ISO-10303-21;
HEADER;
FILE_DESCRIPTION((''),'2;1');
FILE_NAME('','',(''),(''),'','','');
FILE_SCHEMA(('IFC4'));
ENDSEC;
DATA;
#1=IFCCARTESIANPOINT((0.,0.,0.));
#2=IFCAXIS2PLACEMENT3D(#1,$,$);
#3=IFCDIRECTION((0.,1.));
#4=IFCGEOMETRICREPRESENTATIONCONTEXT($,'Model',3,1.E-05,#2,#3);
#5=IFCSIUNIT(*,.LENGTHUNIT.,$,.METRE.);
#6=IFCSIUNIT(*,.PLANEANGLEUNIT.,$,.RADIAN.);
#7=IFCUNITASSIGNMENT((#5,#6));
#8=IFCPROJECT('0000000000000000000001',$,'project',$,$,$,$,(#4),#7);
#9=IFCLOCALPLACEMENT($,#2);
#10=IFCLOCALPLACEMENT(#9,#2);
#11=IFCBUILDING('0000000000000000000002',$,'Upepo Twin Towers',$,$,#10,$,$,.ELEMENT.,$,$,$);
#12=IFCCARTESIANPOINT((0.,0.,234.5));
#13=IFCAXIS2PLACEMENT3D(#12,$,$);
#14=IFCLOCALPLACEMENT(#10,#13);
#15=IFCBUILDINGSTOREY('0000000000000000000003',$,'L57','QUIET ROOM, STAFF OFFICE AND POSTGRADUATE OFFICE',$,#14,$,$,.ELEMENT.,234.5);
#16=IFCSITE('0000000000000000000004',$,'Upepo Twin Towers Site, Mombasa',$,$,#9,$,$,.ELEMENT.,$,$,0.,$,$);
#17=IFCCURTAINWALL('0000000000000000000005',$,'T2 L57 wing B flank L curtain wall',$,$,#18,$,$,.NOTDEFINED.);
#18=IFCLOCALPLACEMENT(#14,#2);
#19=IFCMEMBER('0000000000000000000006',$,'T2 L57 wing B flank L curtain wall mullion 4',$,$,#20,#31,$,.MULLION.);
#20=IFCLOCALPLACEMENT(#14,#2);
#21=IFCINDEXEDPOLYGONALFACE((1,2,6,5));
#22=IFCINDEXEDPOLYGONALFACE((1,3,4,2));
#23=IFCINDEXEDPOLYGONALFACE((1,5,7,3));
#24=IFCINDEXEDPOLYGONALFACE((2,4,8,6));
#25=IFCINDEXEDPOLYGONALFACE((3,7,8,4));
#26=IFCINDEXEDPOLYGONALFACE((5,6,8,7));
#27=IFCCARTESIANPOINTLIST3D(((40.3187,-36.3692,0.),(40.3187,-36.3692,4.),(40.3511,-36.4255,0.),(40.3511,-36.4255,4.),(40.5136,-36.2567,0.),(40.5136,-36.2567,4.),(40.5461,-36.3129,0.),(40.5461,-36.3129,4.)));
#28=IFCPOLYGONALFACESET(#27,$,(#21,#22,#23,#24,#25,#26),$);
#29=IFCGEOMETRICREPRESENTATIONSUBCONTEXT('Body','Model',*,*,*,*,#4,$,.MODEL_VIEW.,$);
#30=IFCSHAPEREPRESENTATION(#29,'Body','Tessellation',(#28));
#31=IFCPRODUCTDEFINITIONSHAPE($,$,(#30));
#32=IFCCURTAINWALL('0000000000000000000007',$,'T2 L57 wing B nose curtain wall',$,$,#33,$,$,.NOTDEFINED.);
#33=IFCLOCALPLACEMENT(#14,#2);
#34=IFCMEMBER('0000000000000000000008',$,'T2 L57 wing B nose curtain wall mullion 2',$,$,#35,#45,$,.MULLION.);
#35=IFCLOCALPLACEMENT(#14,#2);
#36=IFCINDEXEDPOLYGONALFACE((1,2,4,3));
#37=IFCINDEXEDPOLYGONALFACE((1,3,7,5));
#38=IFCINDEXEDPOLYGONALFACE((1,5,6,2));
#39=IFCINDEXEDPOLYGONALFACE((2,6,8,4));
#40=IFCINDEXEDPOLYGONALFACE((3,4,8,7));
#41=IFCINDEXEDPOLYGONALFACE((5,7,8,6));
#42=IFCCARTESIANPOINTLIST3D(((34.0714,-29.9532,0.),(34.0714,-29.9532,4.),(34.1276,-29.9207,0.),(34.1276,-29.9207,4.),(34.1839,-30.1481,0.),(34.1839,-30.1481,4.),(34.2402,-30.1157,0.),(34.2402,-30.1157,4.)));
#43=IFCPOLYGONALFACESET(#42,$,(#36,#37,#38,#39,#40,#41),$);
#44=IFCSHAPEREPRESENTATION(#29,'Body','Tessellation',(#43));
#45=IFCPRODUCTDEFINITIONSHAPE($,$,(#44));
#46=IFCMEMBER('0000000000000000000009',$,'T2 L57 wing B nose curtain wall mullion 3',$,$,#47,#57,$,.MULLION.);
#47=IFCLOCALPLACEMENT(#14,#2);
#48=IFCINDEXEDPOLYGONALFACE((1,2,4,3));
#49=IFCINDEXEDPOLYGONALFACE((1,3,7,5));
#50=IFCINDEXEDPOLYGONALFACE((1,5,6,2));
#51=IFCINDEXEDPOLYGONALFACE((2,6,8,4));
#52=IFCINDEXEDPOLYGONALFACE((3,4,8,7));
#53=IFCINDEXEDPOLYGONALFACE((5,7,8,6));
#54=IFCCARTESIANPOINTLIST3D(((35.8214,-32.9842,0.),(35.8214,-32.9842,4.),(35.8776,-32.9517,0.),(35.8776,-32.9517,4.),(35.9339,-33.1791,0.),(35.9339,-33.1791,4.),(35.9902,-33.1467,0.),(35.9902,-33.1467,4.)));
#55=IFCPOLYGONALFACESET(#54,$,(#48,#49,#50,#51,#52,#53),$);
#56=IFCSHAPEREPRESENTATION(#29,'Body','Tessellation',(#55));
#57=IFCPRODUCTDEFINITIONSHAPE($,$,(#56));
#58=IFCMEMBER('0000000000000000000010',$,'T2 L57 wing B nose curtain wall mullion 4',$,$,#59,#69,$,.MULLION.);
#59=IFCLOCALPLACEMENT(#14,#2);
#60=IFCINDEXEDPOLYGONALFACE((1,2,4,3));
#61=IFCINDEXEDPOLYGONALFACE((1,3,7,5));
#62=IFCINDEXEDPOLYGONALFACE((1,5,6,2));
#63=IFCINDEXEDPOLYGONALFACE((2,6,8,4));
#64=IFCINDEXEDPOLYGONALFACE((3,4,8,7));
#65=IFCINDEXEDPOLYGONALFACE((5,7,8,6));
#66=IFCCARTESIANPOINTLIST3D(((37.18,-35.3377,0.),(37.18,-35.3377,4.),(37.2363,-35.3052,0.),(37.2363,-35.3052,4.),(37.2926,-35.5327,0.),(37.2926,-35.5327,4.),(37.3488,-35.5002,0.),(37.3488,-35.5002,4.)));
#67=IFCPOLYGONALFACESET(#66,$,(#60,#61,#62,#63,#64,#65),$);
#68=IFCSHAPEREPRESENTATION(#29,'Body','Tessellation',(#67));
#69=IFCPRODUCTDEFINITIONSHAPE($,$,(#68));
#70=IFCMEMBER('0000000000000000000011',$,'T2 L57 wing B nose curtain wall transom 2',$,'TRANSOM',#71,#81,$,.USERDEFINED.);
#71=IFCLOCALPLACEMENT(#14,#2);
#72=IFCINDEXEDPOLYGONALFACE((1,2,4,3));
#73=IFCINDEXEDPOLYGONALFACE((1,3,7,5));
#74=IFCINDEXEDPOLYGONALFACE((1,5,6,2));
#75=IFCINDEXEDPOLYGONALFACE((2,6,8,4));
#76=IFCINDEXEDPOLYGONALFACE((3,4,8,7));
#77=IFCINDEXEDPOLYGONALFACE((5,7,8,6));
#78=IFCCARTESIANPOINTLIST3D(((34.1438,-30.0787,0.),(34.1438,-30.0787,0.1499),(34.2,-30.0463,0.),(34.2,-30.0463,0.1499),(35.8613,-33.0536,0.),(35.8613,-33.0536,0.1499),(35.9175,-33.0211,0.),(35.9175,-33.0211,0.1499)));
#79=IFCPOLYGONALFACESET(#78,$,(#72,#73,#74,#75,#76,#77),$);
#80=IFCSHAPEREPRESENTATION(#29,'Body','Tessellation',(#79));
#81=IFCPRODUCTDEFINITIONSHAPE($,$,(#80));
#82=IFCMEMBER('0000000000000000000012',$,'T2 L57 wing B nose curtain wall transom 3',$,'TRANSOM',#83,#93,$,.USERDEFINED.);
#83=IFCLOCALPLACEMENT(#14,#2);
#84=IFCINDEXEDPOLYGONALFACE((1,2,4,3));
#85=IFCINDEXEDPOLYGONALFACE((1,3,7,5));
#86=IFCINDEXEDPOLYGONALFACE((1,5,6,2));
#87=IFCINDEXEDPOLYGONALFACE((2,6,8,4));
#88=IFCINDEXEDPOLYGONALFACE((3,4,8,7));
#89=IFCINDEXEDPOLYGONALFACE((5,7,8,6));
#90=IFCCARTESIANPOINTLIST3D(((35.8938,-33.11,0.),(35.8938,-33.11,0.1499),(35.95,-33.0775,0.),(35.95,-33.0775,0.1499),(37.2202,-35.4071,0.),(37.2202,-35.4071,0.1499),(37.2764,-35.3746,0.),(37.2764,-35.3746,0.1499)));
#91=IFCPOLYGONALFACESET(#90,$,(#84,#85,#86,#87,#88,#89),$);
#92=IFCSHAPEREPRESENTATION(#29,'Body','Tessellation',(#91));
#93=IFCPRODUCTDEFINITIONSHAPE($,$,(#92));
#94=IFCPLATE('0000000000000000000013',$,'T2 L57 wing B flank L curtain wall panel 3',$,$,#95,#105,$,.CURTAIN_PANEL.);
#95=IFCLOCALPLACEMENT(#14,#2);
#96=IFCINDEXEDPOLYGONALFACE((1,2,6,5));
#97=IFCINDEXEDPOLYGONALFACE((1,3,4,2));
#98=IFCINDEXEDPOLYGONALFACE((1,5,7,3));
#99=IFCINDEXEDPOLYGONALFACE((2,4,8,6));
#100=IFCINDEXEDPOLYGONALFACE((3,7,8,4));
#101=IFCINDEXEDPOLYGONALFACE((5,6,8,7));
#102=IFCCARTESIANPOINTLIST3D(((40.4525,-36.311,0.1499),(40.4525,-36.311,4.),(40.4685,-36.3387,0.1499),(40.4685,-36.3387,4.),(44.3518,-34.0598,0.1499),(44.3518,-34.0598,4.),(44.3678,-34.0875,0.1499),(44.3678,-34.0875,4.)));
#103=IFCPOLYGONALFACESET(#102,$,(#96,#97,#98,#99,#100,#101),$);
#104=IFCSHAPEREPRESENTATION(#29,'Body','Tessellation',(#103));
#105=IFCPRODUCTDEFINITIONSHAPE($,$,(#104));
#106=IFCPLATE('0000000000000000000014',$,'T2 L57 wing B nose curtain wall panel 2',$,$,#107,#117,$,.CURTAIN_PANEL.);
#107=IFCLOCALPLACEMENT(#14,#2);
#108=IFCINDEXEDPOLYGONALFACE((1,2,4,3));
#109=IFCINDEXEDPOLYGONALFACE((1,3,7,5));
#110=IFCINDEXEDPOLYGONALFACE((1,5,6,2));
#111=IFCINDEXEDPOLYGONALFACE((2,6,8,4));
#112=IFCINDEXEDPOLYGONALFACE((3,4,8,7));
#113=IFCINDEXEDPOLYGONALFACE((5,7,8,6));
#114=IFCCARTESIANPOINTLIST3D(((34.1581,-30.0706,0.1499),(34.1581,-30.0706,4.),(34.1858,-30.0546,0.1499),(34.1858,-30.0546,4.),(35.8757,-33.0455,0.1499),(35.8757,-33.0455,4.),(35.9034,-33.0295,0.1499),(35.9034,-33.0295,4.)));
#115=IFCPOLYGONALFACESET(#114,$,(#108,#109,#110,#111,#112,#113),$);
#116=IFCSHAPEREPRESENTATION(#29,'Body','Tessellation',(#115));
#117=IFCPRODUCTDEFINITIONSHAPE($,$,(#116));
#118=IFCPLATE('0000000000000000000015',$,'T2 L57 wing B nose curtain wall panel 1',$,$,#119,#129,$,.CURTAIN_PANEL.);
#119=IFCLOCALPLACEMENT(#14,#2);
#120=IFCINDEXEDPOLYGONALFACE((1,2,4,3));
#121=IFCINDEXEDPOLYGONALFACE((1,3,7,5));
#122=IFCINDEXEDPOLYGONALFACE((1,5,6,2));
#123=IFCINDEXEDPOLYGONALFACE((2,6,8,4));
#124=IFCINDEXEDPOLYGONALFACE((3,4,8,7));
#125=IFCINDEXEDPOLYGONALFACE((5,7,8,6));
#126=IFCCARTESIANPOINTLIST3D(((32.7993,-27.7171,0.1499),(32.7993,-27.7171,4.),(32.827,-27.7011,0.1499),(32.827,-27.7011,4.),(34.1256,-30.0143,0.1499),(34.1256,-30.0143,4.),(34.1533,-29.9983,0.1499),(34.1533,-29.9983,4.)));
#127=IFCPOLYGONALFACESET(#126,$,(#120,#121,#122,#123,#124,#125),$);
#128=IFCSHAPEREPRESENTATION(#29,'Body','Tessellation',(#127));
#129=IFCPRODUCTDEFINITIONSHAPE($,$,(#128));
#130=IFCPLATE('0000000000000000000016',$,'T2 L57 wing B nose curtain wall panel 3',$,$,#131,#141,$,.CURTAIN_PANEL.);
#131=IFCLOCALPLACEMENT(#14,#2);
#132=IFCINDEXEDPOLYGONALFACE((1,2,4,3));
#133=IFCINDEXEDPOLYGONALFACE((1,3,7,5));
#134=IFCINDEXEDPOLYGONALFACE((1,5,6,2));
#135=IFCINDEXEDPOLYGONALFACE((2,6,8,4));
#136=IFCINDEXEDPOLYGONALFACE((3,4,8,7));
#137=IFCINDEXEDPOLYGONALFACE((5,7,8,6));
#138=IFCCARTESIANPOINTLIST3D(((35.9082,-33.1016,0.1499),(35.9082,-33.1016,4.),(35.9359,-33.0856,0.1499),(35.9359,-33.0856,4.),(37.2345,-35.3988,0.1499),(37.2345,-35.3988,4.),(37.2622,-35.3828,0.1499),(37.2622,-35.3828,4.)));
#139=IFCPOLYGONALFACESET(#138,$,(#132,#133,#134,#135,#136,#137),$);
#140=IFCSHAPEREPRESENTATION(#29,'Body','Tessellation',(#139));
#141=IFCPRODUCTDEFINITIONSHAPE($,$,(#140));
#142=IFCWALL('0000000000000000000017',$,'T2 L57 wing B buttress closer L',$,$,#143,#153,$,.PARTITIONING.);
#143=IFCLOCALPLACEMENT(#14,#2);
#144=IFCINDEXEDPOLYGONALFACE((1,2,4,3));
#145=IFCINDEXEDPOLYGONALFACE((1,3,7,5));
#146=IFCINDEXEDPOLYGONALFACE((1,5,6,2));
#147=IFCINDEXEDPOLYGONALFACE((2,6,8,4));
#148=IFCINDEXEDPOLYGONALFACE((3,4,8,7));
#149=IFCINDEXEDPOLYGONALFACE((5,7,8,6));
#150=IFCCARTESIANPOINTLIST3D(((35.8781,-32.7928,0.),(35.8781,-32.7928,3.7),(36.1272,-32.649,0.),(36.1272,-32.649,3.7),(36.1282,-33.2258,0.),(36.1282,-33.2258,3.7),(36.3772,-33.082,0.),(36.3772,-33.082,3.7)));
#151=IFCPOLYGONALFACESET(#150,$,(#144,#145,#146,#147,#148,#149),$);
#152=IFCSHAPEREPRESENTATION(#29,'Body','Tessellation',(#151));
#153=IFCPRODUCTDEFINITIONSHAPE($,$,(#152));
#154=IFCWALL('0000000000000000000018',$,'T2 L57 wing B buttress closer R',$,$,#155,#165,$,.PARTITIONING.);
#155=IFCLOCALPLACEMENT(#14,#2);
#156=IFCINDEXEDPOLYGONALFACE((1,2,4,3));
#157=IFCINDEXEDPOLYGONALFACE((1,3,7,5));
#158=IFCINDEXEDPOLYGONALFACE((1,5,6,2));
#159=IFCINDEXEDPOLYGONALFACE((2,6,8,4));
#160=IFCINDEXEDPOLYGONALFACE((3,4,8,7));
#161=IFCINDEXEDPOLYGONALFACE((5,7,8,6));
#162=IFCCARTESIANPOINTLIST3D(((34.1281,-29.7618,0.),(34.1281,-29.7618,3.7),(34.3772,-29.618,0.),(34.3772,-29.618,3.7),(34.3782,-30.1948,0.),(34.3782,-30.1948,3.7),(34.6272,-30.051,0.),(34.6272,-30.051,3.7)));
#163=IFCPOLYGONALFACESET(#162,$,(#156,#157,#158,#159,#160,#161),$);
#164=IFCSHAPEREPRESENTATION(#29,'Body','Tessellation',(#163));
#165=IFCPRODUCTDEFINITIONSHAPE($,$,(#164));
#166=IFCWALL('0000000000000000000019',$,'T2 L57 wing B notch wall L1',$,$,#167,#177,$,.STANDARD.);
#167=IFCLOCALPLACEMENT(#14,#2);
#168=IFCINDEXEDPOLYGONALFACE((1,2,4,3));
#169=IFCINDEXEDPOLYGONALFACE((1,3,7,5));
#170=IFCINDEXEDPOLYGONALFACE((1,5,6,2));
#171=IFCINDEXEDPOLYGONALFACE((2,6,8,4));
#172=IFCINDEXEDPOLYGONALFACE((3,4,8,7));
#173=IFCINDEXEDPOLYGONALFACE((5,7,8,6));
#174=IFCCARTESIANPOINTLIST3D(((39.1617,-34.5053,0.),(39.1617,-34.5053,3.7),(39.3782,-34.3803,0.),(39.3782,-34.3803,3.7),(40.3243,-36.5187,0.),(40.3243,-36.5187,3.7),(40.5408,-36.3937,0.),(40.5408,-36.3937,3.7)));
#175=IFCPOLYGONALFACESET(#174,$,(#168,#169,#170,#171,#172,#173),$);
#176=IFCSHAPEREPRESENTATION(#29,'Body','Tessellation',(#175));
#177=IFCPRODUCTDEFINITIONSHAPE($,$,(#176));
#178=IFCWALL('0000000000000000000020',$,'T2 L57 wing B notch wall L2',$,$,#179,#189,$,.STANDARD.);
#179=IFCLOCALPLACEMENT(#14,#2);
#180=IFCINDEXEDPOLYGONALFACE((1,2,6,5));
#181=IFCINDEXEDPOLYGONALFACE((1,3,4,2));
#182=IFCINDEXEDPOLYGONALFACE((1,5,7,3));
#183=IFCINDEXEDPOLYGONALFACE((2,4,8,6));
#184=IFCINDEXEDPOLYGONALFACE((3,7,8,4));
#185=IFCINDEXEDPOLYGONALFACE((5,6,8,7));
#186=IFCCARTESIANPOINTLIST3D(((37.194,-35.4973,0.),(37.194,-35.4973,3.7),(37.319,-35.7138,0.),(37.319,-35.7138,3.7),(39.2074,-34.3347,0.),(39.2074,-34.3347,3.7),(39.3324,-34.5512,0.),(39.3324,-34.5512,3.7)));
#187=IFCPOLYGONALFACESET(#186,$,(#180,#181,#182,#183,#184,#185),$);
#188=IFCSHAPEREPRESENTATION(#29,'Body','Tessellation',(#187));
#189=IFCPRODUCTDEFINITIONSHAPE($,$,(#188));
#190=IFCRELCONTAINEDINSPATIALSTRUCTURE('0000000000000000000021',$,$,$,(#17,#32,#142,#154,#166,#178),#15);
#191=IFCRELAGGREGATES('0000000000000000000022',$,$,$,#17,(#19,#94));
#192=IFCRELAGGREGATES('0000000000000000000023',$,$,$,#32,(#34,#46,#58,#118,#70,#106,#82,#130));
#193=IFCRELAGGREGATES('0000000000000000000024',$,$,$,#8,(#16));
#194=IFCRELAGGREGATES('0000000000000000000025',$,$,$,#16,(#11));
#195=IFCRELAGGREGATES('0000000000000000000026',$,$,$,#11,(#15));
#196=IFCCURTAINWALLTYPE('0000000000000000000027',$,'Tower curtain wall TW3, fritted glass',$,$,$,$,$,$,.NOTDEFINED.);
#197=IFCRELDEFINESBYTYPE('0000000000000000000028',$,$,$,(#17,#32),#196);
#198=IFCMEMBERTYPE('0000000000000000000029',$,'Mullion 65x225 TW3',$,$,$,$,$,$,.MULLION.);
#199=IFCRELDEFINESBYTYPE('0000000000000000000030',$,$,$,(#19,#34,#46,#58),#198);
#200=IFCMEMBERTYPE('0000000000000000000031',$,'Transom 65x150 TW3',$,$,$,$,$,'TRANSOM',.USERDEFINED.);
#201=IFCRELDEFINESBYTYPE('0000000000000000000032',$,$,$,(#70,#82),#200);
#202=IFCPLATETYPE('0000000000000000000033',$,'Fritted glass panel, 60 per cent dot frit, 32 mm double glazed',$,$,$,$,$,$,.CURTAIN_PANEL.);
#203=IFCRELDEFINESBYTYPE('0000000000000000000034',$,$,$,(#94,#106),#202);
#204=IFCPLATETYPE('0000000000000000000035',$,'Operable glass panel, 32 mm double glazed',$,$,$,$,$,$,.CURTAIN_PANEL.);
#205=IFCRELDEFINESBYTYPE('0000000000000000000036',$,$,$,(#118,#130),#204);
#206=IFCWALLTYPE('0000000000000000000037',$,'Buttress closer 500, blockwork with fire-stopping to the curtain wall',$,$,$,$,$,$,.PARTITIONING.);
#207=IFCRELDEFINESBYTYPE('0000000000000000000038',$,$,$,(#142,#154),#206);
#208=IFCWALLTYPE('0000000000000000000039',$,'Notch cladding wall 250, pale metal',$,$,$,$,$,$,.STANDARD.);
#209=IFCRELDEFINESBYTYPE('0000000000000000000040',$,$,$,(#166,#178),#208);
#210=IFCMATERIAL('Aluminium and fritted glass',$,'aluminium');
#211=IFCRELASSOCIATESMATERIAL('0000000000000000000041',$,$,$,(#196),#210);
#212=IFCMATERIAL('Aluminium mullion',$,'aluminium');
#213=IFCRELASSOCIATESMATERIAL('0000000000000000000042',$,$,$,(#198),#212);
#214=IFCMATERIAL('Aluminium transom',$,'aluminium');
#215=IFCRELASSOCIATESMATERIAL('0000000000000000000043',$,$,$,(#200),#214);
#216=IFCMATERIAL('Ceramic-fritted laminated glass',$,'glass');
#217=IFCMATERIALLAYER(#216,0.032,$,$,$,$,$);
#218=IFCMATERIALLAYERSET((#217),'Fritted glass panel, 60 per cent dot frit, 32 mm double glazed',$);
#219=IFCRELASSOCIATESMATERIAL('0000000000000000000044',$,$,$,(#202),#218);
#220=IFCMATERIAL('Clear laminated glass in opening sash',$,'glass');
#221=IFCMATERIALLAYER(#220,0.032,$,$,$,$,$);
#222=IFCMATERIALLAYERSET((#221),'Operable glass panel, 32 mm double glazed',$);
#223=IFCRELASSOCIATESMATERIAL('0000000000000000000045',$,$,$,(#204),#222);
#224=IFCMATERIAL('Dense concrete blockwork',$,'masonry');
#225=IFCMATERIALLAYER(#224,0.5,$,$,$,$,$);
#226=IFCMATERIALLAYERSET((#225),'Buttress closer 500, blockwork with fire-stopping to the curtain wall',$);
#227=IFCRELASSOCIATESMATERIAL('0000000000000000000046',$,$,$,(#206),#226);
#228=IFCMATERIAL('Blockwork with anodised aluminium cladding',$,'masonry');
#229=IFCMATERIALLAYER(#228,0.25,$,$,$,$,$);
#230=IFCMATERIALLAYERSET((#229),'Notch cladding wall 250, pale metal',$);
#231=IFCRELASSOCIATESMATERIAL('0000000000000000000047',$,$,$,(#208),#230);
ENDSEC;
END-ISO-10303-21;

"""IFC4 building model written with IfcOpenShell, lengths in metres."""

from ifc_helpers import new_model, si_unit, direction, frame, frame_2d, origin, origin_2d, place, context, subcontext, project, spatial, rectangle, extrude, material, layer, layer_set, material_profile, profile_set, type_object, element, aggregate, save


model = new_model("IFC4")

# Units and contexts
model_context = context("Model", 3, precision=1e-05, world=origin(), true_north=direction((0.0, 1.0)))
body_context = subcontext(model_context, "Body", "Model", "MODEL_VIEW")
ifc_project = project(units=[si_unit("LENGTHUNIT", "METRE"), si_unit("PLANEANGLEUNIT", "RADIAN")], contexts=[model_context])

# Site, building, storey
site_placement = place(None, origin())
site = spatial("IfcSite", under=ifc_project, at=site_placement, Name="Upepo Twin Towers Site, Mombasa", CompositionType="ELEMENT", RefElevation=0.0)
building_placement = place(site_placement, origin())
building = spatial("IfcBuilding", under=site, at=building_placement, Name="Upepo Twin Towers", CompositionType="ELEMENT")
storey_placement = place(building_placement, frame((0.0, 0.0, 234.5)))
storey = spatial("IfcBuildingStorey", under=building, at=storey_placement, Name="L57", Description="QUIET ROOM, STAFF OFFICE AND POSTGRADUATE OFFICE", CompositionType="ELEMENT", Elevation=234.5)

# Curtain wall, member
ifc_material_1 = material(Name="Aluminium and fritted glass", Category="aluminium")
curtain_wall_type = type_object("IfcCurtainWallType", Name="Tower curtain wall TW3, fritted glass", PredefinedType="NOTDEFINED", material=ifc_material_1)
curtain_wall_1_placement = place(storey_placement, origin())
curtain_wall_1 = element("IfcCurtainWall", 1, at=curtain_wall_1_placement, inside=storey, type_object=curtain_wall_type, Name="T2 L57 wing B flank L curtain wall", PredefinedType="NOTDEFINED")
ifc_material_2 = material(Name="Aluminium mullion", Category="aluminium")
ifc_material_profile_1 = material_profile(ifc_material_2, rectangle(XDim=0.0649, YDim=0.2251, at=origin_2d()), Name="MULLION 65x225")
ifc_profile_set_1 = profile_set([ifc_material_profile_1], Name="Aluminium mullion")
member_type_1 = type_object("IfcMemberType", Name="Mullion 65x225 TW3", PredefinedType="MULLION", material=ifc_profile_set_1)
member_1_placement = place(storey_placement, frame((40.4324, -36.3411, 0.0), z_axis=(0.0, 0.0, 1.0), x_axis=(0.5, -0.866025, 0.0)))
member_1 = element("IfcMember", 2, at=member_1_placement, type_object=member_type_1, Name="T2 L57 wing B flank L curtain wall mullion 4", PredefinedType="MULLION", context=body_context, shape_type="SweptSolid", body=[
    extrude(rectangle(XDim=0.0649, YDim=0.2251, at=origin_2d()), origin(), (0.0, 0.0, 1.0), 4.0),
])

# Curtain wall, members
curtain_wall_2_placement = place(storey_placement, origin())
curtain_wall_2 = element("IfcCurtainWall", 3, at=curtain_wall_2_placement, inside=storey, type_object=curtain_wall_type, Name="T2 L57 wing B nose curtain wall", PredefinedType="NOTDEFINED")
member_2_placement = place(storey_placement, frame((34.1558, -30.0344, 0.0), z_axis=(0.0, 0.0, 1.0), x_axis=(0.866025, 0.5, 0.0)))
member_2 = element("IfcMember", 4, at=member_2_placement, type_object=member_type_1, Name="T2 L57 wing B nose curtain wall mullion 2", PredefinedType="MULLION", context=body_context, shape_type="SweptSolid", body=[
    extrude(rectangle(XDim=0.0649, YDim=0.2251, at=origin_2d()), origin(), (0.0, 0.0, 1.0), 4.0),
])
member_3_placement = place(storey_placement, frame((35.9058, -33.0654, 0.0), z_axis=(0.0, 0.0, 1.0), x_axis=(0.866025, 0.5, 0.0)))
member_3 = element("IfcMember", 5, at=member_3_placement, type_object=member_type_1, Name="T2 L57 wing B nose curtain wall mullion 3", PredefinedType="MULLION", context=body_context, shape_type="SweptSolid", body=[
    extrude(rectangle(XDim=0.0649, YDim=0.2251, at=origin_2d()), origin(), (0.0, 0.0, 1.0), 4.0),
])
member_4_placement = place(storey_placement, frame((37.2644, -35.4189, 0.0), z_axis=(0.0, 0.0, 1.0), x_axis=(0.866025, 0.5, 0.0)))
member_4 = element("IfcMember", 6, at=member_4_placement, type_object=member_type_1, Name="T2 L57 wing B nose curtain wall mullion 4", PredefinedType="MULLION", context=body_context, shape_type="SweptSolid", body=[
    extrude(rectangle(XDim=0.0649, YDim=0.2251, at=origin_2d()), origin(), (0.0, 0.0, 1.0), 4.0),
])
ifc_material_3 = material(Name="Aluminium transom", Category="aluminium")
ifc_material_profile_2 = material_profile(ifc_material_3, rectangle(XDim=0.0649, YDim=0.1499, at=origin_2d()), Name="TRANSOM 65x150")
ifc_profile_set_2 = profile_set([ifc_material_profile_2], Name="Aluminium transom")
member_type_2 = type_object("IfcMemberType", Name="Transom 65x150 TW3", ElementType="TRANSOM", PredefinedType="USERDEFINED", material=ifc_profile_set_2)
member_5_placement = place(storey_placement, frame((34.1719, -30.0625, 0.075), z_axis=(0.499999, -0.866026, 0.0), x_axis=(0.866026, 0.499999, 0.0)))
member_5 = element("IfcMember", 7, at=member_5_placement, type_object=member_type_2, Name="T2 L57 wing B nose curtain wall transom 2", ObjectType="TRANSOM", PredefinedType="USERDEFINED", context=body_context, shape_type="SweptSolid", body=[
    extrude(rectangle(XDim=0.0649, YDim=0.1499, at=origin_2d()), origin(), (0.0, 0.0, 1.0), 3.4351),
])
member_6_placement = place(storey_placement, frame((35.9219, -33.0938, 0.075), z_axis=(0.500049, -0.865997, 0.0), x_axis=(0.865997, 0.500049, 0.0)))
member_6 = element("IfcMember", 8, at=member_6_placement, type_object=member_type_2, Name="T2 L57 wing B nose curtain wall transom 3", ObjectType="TRANSOM", PredefinedType="USERDEFINED", context=body_context, shape_type="SweptSolid", body=[
    extrude(rectangle(XDim=0.0649, YDim=0.1499, at=origin_2d()), origin(), (0.0, 0.0, 1.0), 2.6526),
])

# Plates
ifc_material_4 = material(Name="Ceramic-fritted laminated glass", Category="glass")
ifc_layer_1 = layer(ifc_material_4, 0.032)
ifc_layer_set_1 = layer_set([ifc_layer_1], Name="Fritted glass panel, 60 per cent dot frit, 32 mm double glazed")
plate_type_1 = type_object("IfcPlateType", Name="Fritted glass panel, 60 per cent dot frit, 32 mm double glazed", PredefinedType="CURTAIN_PANEL", material=ifc_layer_set_1)
plate_1_placement = place(storey_placement, frame((42.4102, -35.1992, 0.1499), z_axis=(0.0, 0.0, 1.0), x_axis=(-0.866025, -0.5, 0.0)))
plate_1 = element("IfcPlate", 9, at=plate_1_placement, type_object=plate_type_1, Name="T2 L57 wing B flank L curtain wall panel 3", PredefinedType="CURTAIN_PANEL", context=body_context, shape_type="SweptSolid", body=[
    extrude(rectangle(XDim=4.5024, YDim=0.032, at=origin_2d()), origin(), (0.0, 0.0, 1.0), 3.8501),
])
aggregate(curtain_wall_1, [member_1, plate_1])
plate_2_placement = place(storey_placement, frame((35.0308, -31.55, 0.1499), z_axis=(0.0, 0.0, 1.0), x_axis=(0.5, -0.866025, 0.0)))
plate_2 = element("IfcPlate", 10, at=plate_2_placement, type_object=plate_type_1, Name="T2 L57 wing B nose curtain wall panel 2", PredefinedType="CURTAIN_PANEL", context=body_context, shape_type="SweptSolid", body=[
    extrude(rectangle(XDim=3.4351, YDim=0.032, at=origin_2d()), origin(), (0.0, 0.0, 1.0), 3.8501),
])
ifc_material_5 = material(Name="Clear laminated glass in opening sash", Category="glass")
ifc_layer_2 = layer(ifc_material_5, 0.032)
ifc_layer_set_2 = layer_set([ifc_layer_2], Name="Operable glass panel, 32 mm double glazed")
plate_type_2 = type_object("IfcPlateType", Name="Operable glass panel, 32 mm double glazed", PredefinedType="CURTAIN_PANEL", material=ifc_layer_set_2)
plate_3_placement = place(storey_placement, frame((33.4763, -28.8577, 0.1499), z_axis=(0.0, 0.0, 1.0), x_axis=(0.5, -0.866025, 0.0)))
plate_3 = element("IfcPlate", 11, at=plate_3_placement, type_object=plate_type_2, Name="T2 L57 wing B nose curtain wall panel 1", PredefinedType="CURTAIN_PANEL", context=body_context, shape_type="SweptSolid", body=[
    extrude(rectangle(XDim=2.6526, YDim=0.032, at=origin_2d()), origin(), (0.0, 0.0, 1.0), 3.8501),
])
plate_4_placement = place(storey_placement, frame((36.5852, -34.2422, 0.1499), z_axis=(0.0, 0.0, 1.0), x_axis=(0.5, -0.866025, 0.0)))
plate_4 = element("IfcPlate", 12, at=plate_4_placement, type_object=plate_type_2, Name="T2 L57 wing B nose curtain wall panel 3", PredefinedType="CURTAIN_PANEL", context=body_context, shape_type="SweptSolid", body=[
    extrude(rectangle(XDim=2.6526, YDim=0.032, at=origin_2d()), origin(), (0.0, 0.0, 1.0), 3.8501),
])
aggregate(curtain_wall_2, [member_2, member_3, member_4, plate_3, member_5, plate_2, member_6, plate_4])

# Walls
ifc_material_6 = material(Name="Dense concrete blockwork", Category="masonry")
ifc_layer_3 = layer(ifc_material_6, 0.5)
ifc_layer_set_3 = layer_set([ifc_layer_3], Name="Buttress closer 500, blockwork with fire-stopping to the curtain wall")
wall_type_1 = type_object("IfcWallType", Name="Buttress closer 500, blockwork with fire-stopping to the curtain wall", PredefinedType="PARTITIONING", material=ifc_layer_set_3)
for number, where, z_axis, x_axis, name in (
    (13, (36.2522, -32.8655, 0.0), (0.0, 0.0, 1.0), (-0.865988, -0.500065, 0.0), "T2 L57 wing B buttress closer L"),
    (14, (34.5022, -29.8345, 0.0), (0.0, 0.0, 1.0), (-0.865988, -0.500065, 0.0), "T2 L57 wing B buttress closer R"),
):
    element("IfcWall", number, at=place(storey_placement, frame(where, z_axis=z_axis, x_axis=x_axis)), inside=storey, type_object=wall_type_1, Name=name, PredefinedType="PARTITIONING", context=body_context, shape_type="SweptSolid", body=[
        extrude(rectangle(XDim=0.2876, YDim=0.5, at=frame_2d((0.1438, 0.0))), origin(), (0.0, 0.0, 1.0), 3.7),
    ])
ifc_material_7 = material(Name="Blockwork with anodised aluminium cladding", Category="masonry")
ifc_layer_4 = layer(ifc_material_7, 0.25)
ifc_layer_set_4 = layer_set([ifc_layer_4], Name="Notch cladding wall 250, pale metal")
wall_type_2 = type_object("IfcWallType", Name="Notch cladding wall 250, pale metal", PredefinedType="STANDARD", material=ifc_layer_set_4)
for number, where, z_axis, x_axis, name in (
    (15, (40.4326, -36.4563, 0.0), (0.0, 0.0, 1.0), (-0.500047, 0.865998, 0.0), "T2 L57 wing B notch wall L1"),
    (16, (39.27, -34.4429, 0.0), (0.0, 0.0, 1.0), (-0.865998, -0.500047, 0.0), "T2 L57 wing B notch wall L2"),
):
    element("IfcWall", number, at=place(storey_placement, frame(where, z_axis=z_axis, x_axis=x_axis)), inside=storey, type_object=wall_type_2, Name=name, PredefinedType="STANDARD", context=body_context, shape_type="SweptSolid", body=[
        extrude(rectangle(XDim=2.325, YDim=0.25, at=frame_2d((1.1626, 0.0))), origin(), (0.0, 0.0, 1.0), 3.7),
    ])

save(model, "model.ifc")
